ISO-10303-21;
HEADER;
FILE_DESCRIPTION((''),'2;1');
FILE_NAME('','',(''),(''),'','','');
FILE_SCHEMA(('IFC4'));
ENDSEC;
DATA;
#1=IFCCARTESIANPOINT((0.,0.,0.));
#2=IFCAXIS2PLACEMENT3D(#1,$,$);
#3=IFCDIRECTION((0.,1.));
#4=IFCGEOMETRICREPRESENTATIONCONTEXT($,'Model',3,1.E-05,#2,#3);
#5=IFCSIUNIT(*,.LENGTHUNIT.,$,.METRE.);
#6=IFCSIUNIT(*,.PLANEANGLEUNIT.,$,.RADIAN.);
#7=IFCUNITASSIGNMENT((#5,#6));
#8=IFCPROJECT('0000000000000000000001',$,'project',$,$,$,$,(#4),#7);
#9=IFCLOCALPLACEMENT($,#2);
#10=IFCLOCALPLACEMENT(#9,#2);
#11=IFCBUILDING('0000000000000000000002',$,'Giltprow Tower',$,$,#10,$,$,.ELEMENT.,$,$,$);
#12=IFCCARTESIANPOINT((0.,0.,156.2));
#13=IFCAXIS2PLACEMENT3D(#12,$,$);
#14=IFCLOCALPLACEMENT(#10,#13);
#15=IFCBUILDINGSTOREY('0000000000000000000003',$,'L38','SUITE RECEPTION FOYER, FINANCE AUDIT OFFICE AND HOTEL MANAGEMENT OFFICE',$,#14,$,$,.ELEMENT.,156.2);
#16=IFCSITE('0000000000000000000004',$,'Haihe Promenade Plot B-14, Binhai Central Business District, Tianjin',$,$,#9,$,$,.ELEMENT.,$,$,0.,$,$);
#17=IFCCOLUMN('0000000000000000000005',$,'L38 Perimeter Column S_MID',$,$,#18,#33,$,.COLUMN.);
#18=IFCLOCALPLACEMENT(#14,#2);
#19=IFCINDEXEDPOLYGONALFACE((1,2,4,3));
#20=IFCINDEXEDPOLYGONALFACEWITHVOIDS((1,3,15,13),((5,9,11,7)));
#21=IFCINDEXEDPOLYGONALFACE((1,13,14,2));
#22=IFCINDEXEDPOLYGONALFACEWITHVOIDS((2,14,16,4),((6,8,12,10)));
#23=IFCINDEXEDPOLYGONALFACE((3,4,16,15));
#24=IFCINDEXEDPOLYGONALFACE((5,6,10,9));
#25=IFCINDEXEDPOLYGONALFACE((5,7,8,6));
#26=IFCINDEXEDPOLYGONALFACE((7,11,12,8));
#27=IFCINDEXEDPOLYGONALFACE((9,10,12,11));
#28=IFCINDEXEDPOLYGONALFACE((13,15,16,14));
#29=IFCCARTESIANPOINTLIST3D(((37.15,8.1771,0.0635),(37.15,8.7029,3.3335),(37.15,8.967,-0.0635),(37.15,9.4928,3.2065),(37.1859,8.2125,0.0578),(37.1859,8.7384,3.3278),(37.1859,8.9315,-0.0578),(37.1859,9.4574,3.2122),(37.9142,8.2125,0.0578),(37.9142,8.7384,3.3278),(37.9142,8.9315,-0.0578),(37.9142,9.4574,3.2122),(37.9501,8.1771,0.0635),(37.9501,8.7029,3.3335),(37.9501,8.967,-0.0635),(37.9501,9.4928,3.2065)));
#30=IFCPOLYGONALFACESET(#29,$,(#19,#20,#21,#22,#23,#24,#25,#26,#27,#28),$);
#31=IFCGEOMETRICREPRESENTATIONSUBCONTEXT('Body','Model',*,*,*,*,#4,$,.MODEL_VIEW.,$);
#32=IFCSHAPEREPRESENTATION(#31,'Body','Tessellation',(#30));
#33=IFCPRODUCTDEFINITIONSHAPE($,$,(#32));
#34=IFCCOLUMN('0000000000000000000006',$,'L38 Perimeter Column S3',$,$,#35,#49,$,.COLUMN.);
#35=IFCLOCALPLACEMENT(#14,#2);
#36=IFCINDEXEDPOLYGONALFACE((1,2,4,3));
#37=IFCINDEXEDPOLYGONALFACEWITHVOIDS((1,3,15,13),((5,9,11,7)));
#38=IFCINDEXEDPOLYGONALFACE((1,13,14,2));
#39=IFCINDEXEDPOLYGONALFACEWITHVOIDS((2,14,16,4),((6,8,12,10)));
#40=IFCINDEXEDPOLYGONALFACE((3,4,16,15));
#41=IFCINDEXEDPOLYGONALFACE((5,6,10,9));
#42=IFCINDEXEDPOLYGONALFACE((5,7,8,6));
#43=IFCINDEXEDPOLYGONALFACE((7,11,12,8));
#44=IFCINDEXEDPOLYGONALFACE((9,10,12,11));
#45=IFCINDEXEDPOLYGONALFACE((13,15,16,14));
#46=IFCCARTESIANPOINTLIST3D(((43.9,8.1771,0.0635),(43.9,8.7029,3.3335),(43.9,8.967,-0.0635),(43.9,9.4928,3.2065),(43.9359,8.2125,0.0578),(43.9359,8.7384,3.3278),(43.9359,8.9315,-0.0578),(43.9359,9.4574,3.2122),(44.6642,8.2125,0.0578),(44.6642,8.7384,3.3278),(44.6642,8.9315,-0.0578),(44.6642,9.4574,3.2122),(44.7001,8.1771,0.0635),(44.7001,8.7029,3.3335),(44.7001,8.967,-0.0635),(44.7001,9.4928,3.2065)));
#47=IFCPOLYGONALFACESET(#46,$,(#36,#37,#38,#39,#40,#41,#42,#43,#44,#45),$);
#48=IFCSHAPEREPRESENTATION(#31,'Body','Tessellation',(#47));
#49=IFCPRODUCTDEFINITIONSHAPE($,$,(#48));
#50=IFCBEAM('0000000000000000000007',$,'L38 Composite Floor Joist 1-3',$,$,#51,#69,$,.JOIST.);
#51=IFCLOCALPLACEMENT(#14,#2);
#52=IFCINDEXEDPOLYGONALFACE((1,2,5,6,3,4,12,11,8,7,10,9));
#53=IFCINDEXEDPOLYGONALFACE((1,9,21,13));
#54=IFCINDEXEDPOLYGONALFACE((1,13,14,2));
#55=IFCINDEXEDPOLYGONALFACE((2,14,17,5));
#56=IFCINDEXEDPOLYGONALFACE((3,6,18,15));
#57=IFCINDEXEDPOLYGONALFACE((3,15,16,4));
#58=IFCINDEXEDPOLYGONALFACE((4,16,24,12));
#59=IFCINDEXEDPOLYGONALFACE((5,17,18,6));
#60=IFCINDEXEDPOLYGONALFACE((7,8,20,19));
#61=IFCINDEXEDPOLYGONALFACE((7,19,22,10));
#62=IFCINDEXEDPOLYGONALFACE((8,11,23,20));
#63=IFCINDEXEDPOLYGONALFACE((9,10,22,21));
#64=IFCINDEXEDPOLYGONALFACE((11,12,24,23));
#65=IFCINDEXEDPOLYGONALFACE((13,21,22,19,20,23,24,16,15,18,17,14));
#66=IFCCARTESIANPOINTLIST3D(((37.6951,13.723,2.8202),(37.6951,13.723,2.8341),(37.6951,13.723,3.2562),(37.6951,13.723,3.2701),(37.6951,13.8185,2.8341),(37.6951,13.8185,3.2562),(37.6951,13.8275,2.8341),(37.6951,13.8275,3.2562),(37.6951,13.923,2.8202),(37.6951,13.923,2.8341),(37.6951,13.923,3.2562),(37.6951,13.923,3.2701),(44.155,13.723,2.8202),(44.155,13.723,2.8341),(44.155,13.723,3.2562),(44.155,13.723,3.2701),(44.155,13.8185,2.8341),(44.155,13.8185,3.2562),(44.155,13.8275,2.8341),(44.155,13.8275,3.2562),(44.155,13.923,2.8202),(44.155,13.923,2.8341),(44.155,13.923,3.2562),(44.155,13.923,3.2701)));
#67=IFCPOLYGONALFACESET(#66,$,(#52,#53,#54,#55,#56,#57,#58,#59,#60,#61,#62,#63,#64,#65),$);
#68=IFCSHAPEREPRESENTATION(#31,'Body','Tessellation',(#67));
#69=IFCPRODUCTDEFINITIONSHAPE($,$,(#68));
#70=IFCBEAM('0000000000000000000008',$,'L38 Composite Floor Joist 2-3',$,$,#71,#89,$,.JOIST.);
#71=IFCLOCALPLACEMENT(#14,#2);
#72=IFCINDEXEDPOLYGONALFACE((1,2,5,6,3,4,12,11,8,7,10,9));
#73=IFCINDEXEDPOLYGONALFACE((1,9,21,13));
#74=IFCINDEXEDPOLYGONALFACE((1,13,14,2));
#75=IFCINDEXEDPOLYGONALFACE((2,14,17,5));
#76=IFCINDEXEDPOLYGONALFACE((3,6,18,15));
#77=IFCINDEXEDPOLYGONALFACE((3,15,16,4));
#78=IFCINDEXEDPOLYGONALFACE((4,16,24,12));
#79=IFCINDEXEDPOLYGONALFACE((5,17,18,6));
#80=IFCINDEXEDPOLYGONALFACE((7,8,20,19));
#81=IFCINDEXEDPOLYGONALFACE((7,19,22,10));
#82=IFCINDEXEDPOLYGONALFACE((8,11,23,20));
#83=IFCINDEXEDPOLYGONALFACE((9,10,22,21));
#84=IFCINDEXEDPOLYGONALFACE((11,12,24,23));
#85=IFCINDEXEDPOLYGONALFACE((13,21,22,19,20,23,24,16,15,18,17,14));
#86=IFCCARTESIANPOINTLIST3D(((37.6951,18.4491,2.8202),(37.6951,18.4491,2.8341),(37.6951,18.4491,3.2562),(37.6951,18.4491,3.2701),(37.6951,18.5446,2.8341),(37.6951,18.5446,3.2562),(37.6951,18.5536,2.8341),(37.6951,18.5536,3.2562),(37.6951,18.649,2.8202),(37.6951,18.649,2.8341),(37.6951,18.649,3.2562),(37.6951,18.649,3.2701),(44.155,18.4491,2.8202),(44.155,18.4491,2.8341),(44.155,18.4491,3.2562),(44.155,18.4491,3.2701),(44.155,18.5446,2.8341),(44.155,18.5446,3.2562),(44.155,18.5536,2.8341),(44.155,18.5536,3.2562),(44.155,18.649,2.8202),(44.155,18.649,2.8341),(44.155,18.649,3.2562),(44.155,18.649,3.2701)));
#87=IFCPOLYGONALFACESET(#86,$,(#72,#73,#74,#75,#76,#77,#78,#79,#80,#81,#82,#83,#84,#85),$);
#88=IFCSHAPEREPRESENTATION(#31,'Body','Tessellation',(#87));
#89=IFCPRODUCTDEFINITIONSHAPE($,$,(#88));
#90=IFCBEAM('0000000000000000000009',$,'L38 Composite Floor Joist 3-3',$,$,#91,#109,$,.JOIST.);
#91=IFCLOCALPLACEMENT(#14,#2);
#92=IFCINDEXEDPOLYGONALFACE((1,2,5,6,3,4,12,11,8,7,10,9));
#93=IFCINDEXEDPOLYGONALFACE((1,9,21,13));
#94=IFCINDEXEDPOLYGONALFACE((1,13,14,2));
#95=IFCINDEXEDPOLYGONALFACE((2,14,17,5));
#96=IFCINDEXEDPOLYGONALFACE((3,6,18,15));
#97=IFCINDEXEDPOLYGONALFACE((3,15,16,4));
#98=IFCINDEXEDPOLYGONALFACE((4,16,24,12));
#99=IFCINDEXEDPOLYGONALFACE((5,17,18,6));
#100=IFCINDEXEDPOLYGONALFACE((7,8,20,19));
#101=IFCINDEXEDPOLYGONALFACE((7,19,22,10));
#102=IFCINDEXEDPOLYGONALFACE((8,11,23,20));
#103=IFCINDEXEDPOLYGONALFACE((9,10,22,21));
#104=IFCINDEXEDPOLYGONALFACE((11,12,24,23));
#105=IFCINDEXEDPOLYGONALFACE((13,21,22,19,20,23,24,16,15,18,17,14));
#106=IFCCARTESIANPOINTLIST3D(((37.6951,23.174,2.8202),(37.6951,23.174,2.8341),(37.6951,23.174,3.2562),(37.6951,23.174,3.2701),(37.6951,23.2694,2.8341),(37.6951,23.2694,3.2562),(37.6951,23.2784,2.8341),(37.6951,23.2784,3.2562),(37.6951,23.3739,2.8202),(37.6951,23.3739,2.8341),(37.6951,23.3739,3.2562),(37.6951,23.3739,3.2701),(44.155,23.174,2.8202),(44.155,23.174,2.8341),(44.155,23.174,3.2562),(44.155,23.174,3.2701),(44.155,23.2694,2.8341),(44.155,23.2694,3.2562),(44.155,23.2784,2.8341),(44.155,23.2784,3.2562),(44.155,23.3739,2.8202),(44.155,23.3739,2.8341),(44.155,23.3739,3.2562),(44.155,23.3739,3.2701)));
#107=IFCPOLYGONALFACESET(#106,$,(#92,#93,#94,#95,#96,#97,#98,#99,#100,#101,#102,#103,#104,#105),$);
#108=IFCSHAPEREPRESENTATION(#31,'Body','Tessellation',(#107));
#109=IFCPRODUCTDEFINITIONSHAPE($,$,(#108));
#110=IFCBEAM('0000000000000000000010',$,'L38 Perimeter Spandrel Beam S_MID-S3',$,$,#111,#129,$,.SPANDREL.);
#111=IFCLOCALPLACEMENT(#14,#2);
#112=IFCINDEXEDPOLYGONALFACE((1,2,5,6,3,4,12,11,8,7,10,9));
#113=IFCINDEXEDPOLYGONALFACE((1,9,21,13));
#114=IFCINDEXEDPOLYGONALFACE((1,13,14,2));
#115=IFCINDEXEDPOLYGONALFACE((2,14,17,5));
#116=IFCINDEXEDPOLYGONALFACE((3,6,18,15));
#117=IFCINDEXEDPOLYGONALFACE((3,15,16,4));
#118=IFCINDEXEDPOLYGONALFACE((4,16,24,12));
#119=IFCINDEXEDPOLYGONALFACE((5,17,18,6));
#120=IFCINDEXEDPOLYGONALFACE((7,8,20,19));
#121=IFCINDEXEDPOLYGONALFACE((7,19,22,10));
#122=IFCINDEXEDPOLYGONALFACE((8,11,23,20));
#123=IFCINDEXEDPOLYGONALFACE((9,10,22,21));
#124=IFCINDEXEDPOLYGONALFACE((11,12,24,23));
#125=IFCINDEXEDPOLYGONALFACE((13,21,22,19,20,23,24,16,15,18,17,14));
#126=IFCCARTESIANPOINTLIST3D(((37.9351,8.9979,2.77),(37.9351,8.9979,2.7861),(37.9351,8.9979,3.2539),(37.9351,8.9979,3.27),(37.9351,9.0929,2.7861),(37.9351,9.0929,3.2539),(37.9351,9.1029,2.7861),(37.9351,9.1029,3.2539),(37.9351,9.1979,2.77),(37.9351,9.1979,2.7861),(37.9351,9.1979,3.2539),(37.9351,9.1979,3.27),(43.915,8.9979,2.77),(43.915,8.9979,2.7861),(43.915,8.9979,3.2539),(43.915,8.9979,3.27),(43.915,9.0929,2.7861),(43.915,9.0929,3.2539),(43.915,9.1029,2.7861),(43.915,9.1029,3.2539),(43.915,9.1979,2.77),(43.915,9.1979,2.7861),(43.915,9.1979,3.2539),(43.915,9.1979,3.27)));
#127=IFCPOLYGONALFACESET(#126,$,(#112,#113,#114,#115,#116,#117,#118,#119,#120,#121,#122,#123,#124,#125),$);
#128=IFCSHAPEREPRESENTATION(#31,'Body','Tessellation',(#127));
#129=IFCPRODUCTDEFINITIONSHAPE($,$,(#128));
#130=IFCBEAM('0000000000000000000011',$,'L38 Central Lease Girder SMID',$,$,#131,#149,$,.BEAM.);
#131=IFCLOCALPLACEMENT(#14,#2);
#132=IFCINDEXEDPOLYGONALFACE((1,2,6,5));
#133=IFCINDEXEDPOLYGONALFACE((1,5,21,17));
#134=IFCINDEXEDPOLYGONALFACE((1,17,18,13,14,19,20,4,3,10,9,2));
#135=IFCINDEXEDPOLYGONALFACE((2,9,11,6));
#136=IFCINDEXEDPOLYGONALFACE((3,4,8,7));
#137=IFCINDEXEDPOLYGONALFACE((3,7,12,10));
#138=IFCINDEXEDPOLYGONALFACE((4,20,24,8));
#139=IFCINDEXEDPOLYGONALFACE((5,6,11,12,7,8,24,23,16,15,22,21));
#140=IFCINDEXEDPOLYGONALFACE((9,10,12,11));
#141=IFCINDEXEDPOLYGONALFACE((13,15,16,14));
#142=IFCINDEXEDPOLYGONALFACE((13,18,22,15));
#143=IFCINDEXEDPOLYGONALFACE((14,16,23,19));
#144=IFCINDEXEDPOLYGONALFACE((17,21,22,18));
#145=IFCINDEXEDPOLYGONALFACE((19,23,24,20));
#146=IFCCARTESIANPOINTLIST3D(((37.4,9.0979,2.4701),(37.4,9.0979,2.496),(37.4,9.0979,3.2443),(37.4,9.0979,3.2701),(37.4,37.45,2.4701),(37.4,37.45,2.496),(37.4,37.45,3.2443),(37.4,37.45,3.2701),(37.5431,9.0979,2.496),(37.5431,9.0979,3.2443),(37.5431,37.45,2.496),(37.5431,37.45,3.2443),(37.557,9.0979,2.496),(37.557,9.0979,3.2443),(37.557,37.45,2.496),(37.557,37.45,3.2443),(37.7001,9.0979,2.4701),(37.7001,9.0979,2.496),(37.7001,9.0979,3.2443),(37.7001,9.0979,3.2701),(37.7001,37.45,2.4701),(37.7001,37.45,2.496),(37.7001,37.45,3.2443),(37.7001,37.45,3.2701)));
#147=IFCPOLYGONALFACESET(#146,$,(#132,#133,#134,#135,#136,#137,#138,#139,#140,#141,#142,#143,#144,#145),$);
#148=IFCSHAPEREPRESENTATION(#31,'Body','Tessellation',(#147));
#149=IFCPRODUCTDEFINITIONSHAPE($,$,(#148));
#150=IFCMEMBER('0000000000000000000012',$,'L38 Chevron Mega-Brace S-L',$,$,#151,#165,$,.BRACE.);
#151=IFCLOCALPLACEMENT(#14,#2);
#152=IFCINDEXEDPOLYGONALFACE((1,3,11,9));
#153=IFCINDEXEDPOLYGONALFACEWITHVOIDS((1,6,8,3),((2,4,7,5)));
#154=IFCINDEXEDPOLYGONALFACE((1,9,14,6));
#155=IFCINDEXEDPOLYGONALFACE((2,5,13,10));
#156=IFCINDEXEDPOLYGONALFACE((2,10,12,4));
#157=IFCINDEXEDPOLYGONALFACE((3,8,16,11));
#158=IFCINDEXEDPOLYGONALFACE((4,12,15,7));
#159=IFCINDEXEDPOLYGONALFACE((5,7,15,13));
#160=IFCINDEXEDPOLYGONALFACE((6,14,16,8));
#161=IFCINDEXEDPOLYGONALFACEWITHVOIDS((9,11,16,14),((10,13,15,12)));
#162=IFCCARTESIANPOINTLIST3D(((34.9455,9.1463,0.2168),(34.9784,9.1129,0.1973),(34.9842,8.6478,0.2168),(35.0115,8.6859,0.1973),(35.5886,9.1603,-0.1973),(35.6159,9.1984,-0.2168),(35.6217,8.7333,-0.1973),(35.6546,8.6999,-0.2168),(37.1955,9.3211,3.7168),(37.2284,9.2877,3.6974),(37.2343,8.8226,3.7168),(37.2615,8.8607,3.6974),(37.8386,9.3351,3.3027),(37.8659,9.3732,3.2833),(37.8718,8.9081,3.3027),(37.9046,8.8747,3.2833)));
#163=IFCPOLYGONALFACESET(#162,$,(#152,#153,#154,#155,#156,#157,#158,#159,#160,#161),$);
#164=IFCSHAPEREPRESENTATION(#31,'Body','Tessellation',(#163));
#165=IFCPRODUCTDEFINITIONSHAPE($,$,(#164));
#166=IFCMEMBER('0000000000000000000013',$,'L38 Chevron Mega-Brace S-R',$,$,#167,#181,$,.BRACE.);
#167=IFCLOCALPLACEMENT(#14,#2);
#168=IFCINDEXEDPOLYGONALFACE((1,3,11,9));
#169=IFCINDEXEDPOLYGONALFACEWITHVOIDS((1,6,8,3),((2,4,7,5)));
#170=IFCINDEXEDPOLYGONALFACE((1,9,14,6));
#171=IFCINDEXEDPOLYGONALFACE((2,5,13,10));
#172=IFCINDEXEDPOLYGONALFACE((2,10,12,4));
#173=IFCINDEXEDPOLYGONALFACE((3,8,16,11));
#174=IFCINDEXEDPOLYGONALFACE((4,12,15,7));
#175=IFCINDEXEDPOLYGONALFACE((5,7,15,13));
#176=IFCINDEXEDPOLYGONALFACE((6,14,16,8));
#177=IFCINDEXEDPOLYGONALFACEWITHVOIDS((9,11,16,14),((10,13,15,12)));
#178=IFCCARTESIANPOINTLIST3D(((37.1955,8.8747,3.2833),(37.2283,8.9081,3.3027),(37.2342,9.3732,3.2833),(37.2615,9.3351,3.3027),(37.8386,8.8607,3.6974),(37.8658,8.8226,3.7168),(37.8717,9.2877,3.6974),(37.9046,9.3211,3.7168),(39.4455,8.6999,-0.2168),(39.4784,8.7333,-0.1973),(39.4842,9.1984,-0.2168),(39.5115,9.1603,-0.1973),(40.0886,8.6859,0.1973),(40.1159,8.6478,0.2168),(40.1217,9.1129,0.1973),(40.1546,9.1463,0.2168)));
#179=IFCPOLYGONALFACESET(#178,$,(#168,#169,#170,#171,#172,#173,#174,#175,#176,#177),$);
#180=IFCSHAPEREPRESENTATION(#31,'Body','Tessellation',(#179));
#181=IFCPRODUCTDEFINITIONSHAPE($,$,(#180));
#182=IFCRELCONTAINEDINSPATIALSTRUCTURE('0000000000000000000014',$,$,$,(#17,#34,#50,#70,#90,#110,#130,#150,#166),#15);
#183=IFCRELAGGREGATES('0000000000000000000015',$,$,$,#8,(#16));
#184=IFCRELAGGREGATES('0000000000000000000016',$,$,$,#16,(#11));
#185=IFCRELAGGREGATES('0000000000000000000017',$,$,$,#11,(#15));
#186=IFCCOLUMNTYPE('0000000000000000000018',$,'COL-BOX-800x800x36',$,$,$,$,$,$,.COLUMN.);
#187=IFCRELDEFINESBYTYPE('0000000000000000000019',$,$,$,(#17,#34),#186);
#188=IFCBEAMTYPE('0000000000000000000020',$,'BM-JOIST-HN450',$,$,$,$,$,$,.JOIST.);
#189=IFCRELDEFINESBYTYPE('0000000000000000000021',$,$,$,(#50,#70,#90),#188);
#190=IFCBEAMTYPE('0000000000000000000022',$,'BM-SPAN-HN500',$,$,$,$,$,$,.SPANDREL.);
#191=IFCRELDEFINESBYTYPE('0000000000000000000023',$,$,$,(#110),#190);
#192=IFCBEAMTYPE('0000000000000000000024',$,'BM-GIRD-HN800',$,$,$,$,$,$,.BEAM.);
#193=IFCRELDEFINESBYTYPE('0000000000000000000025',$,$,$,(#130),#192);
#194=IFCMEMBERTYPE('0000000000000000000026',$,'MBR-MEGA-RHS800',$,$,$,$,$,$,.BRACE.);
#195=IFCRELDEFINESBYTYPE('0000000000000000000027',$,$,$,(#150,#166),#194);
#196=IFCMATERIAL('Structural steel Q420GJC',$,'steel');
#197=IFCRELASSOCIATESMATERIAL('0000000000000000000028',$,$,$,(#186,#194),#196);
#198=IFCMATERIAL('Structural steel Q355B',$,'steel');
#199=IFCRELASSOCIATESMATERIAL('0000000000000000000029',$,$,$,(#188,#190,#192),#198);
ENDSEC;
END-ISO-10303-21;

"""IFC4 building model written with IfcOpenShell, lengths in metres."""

from ifc_helpers import new_model, si_unit, direction, frame, origin, origin_2d, place, context, subcontext, project, spatial, hollow_rectangle, i_section, extrude, source, transform, mapped, material, material_profile, profile_set, type_object, element, save


model = new_model("IFC4")

# Units and contexts
model_context = context("Model", 3, precision=1e-05, world=origin(), true_north=direction((0.0, 1.0)))
body_context = subcontext(model_context, "Body", "Model", "MODEL_VIEW")
ifc_project = project(units=[si_unit("LENGTHUNIT", "METRE"), si_unit("PLANEANGLEUNIT", "RADIAN")], contexts=[model_context])

# Site, building, storey
site_placement = place(None, origin())
site = spatial("IfcSite", under=ifc_project, at=site_placement, Name="Haihe Promenade Plot B-14, Binhai Central Business District, Tianjin", CompositionType="ELEMENT", RefElevation=0.0)
building_placement = place(site_placement, origin())
building = spatial("IfcBuilding", under=site, at=building_placement, Name="Giltprow Tower", CompositionType="ELEMENT")
storey_placement = place(building_placement, frame((0.0, 0.0, 156.2)))
storey = spatial("IfcBuildingStorey", under=building, at=storey_placement, Name="L38", Description="SUITE RECEPTION FOYER, FINANCE AUDIT OFFICE AND HOTEL MANAGEMENT OFFICE", CompositionType="ELEMENT", Elevation=156.2)

# Columns
ifc_material_1 = material(Name="Structural steel Q420GJC", Category="steel")
ifc_material_profile_1 = material_profile(ifc_material_1, hollow_rectangle(XDim=0.8, YDim=0.8, WallThickness=0.0359, at=origin_2d()), Name="BOX 800x800x36")
ifc_profile_set_1 = profile_set([ifc_material_profile_1], Name="Structural steel Q420GJC")
column_type = type_object("IfcColumnType", Name="COL-BOX-800x800x36", PredefinedType="COLUMN", material=ifc_profile_set_1)
shared_shape_1 = source(origin(), body_context, "Body", "SweptSolid", [
    extrude(hollow_rectangle(XDim=0.8, YDim=0.8, WallThickness=0.0359, at=origin_2d()), origin(), (0.0, 0.0, 1.0), 3.312),
])
for number, where, z_axis, x_axis, name in (
    (1, (37.55, 8.572, 0.0), (0.0, 0.158778, 0.987314), (-1.0, 0.0, 0.0), "L38 Perimeter Column S_MID"),
    (2, (44.3, 8.572, 0.0), (0.0, 0.158778, 0.987314), (-1.0, 0.0, 0.0), "L38 Perimeter Column S3"),
):
    element("IfcColumn", number, at=place(storey_placement, frame(where, z_axis=z_axis, x_axis=x_axis)), inside=storey, type_object=column_type, Name=name, PredefinedType="COLUMN", context=body_context, shape_type="MappedRepresentation", body=[
        mapped(shared_shape_1, transform((0.0, 0.0, 0.0), x_axis=(1.0, 0.0, 0.0), y_axis=(0.0, 1.0, 0.0), z_axis=(0.0, 0.0, 1.0), scale=1.0)),
    ])

# Beams
ifc_material_2 = material(Name="Structural steel Q355B", Category="steel")
ifc_material_profile_2 = material_profile(ifc_material_2, i_section(OverallWidth=0.2, OverallDepth=0.45, WebThickness=0.009, FlangeThickness=0.0139, at=origin_2d()), Name="HN 450x200x9x14")
ifc_profile_set_2 = profile_set([ifc_material_profile_2], Name="Structural steel Q355B")
beam_type_1 = type_object("IfcBeamType", Name="BM-JOIST-HN450", PredefinedType="JOIST", material=ifc_profile_set_2)
shared_shape_2 = source(origin(), body_context, "Body", "SweptSolid", [
    extrude(i_section(OverallWidth=0.2, OverallDepth=0.45, WebThickness=0.009, FlangeThickness=0.0139, at=origin_2d()), origin(), (0.0, 0.0, 1.0), 6.46),
])
for number, where, z_axis, x_axis, name in (
    (3, (37.6951, 13.823, 3.0452), (1.0, 0.0, 0.0), (0.0, 1.0, 0.0), "L38 Composite Floor Joist 1-3"),
    (4, (37.6951, 18.5491, 3.0452), (1.0, 0.0, 0.0), (0.0, 1.0, 0.0), "L38 Composite Floor Joist 2-3"),
    (5, (37.6951, 23.2739, 3.0452), (1.0, 0.0, 0.0), (0.0, 1.0, 0.0), "L38 Composite Floor Joist 3-3"),
):
    element("IfcBeam", number, at=place(storey_placement, frame(where, z_axis=z_axis, x_axis=x_axis)), inside=storey, type_object=beam_type_1, Name=name, PredefinedType="JOIST", context=body_context, shape_type="MappedRepresentation", body=[
        mapped(shared_shape_2, transform((0.0, 0.0, 0.0), x_axis=(1.0, 0.0, 0.0), y_axis=(0.0, 1.0, 0.0), z_axis=(0.0, 0.0, 1.0), scale=1.0)),
    ])
ifc_material_profile_3 = material_profile(ifc_material_2, i_section(OverallWidth=0.2, OverallDepth=0.5, WebThickness=0.01, FlangeThickness=0.0161, at=origin_2d()), Name="HN 500x200x10x16")
ifc_profile_set_3 = profile_set([ifc_material_profile_3], Name="Structural steel Q355B")
beam_type_2 = type_object("IfcBeamType", Name="BM-SPAN-HN500", PredefinedType="SPANDREL", material=ifc_profile_set_3)
shared_shape_3 = source(origin(), body_context, "Body", "SweptSolid", [
    extrude(i_section(OverallWidth=0.2, OverallDepth=0.5, WebThickness=0.01, FlangeThickness=0.0161, at=origin_2d()), origin(), (0.0, 0.0, 1.0), 5.98),
])
beam_1_placement = place(storey_placement, frame((37.9351, 9.0979, 3.02), z_axis=(1.0, 0.0, 0.0), x_axis=(0.0, 1.0, 0.0)))
element("IfcBeam", 6, at=beam_1_placement, inside=storey, type_object=beam_type_2, Name="L38 Perimeter Spandrel Beam S_MID-S3", PredefinedType="SPANDREL", context=body_context, shape_type="MappedRepresentation", body=[
    mapped(shared_shape_3, transform((0.0, 0.0, 0.0), x_axis=(1.0, 0.0, 0.0), y_axis=(0.0, 1.0, 0.0), z_axis=(0.0, 0.0, 1.0), scale=1.0)),
])
ifc_material_profile_4 = material_profile(ifc_material_2, i_section(OverallWidth=0.3, OverallDepth=0.8, WebThickness=0.0139, FlangeThickness=0.0259, at=origin_2d()), Name="HN 800x300x14x26")
ifc_profile_set_4 = profile_set([ifc_material_profile_4], Name="Structural steel Q355B")
beam_type_3 = type_object("IfcBeamType", Name="BM-GIRD-HN800", PredefinedType="BEAM", material=ifc_profile_set_4)
shared_shape_4 = source(origin(), body_context, "Body", "SweptSolid", [
    extrude(i_section(OverallWidth=0.3, OverallDepth=0.8, WebThickness=0.0139, FlangeThickness=0.0259, at=origin_2d()), origin(), (0.0, 0.0, 1.0), 28.3521),
])
beam_2_placement = place(storey_placement, frame((37.55, 9.0979, 2.8701), z_axis=(0.0, 1.0, 0.0), x_axis=(-1.0, 0.0, 0.0)))
element("IfcBeam", 7, at=beam_2_placement, inside=storey, type_object=beam_type_3, Name="L38 Central Lease Girder SMID", PredefinedType="BEAM", context=body_context, shape_type="MappedRepresentation", body=[
    mapped(shared_shape_4, transform((0.0, 0.0, 0.0), x_axis=(1.0, 0.0, 0.0), y_axis=(0.0, 1.0, 0.0), z_axis=(0.0, 0.0, 1.0), scale=1.0)),
])

# Members
ifc_material_profile_5 = material_profile(ifc_material_1, hollow_rectangle(XDim=0.5, YDim=0.8, WallThickness=0.0359, at=origin_2d()), Name="RHS 800x500x36")
ifc_profile_set_5 = profile_set([ifc_material_profile_5], Name="Structural steel Q420GJC")
member_type = type_object("IfcMemberType", Name="MBR-MEGA-RHS800", PredefinedType="BRACE", material=ifc_profile_set_5)
shared_shape_5 = source(origin(), body_context, "Body", "SweptSolid", [
    extrude(hollow_rectangle(XDim=0.5, YDim=0.8, WallThickness=0.0359, at=origin_2d()), origin(), (0.0, 0.0, 1.0), 4.1646),
])
for number, where, z_axis, x_axis, name in (
    (8, (35.3, 8.9231, 0.0), (0.540281, 0.041975, 0.840437), (-0.077458, 0.996996, 0.0), "L38 Chevron Mega-Brace S-L"),
    (9, (39.8, 8.9231, 0.0), (-0.540281, 0.041975, 0.840437), (-0.077458, -0.996996, 0.0), "L38 Chevron Mega-Brace S-R"),
):
    element("IfcMember", number, at=place(storey_placement, frame(where, z_axis=z_axis, x_axis=x_axis)), inside=storey, type_object=member_type, Name=name, PredefinedType="BRACE", context=body_context, shape_type="MappedRepresentation", body=[
        mapped(shared_shape_5, transform((0.0, 0.0, 0.0), x_axis=(1.0, 0.0, 0.0), y_axis=(0.0, 1.0, 0.0), z_axis=(0.0, 0.0, 1.0), scale=1.0)),
    ])

save(model, "model.ifc")
